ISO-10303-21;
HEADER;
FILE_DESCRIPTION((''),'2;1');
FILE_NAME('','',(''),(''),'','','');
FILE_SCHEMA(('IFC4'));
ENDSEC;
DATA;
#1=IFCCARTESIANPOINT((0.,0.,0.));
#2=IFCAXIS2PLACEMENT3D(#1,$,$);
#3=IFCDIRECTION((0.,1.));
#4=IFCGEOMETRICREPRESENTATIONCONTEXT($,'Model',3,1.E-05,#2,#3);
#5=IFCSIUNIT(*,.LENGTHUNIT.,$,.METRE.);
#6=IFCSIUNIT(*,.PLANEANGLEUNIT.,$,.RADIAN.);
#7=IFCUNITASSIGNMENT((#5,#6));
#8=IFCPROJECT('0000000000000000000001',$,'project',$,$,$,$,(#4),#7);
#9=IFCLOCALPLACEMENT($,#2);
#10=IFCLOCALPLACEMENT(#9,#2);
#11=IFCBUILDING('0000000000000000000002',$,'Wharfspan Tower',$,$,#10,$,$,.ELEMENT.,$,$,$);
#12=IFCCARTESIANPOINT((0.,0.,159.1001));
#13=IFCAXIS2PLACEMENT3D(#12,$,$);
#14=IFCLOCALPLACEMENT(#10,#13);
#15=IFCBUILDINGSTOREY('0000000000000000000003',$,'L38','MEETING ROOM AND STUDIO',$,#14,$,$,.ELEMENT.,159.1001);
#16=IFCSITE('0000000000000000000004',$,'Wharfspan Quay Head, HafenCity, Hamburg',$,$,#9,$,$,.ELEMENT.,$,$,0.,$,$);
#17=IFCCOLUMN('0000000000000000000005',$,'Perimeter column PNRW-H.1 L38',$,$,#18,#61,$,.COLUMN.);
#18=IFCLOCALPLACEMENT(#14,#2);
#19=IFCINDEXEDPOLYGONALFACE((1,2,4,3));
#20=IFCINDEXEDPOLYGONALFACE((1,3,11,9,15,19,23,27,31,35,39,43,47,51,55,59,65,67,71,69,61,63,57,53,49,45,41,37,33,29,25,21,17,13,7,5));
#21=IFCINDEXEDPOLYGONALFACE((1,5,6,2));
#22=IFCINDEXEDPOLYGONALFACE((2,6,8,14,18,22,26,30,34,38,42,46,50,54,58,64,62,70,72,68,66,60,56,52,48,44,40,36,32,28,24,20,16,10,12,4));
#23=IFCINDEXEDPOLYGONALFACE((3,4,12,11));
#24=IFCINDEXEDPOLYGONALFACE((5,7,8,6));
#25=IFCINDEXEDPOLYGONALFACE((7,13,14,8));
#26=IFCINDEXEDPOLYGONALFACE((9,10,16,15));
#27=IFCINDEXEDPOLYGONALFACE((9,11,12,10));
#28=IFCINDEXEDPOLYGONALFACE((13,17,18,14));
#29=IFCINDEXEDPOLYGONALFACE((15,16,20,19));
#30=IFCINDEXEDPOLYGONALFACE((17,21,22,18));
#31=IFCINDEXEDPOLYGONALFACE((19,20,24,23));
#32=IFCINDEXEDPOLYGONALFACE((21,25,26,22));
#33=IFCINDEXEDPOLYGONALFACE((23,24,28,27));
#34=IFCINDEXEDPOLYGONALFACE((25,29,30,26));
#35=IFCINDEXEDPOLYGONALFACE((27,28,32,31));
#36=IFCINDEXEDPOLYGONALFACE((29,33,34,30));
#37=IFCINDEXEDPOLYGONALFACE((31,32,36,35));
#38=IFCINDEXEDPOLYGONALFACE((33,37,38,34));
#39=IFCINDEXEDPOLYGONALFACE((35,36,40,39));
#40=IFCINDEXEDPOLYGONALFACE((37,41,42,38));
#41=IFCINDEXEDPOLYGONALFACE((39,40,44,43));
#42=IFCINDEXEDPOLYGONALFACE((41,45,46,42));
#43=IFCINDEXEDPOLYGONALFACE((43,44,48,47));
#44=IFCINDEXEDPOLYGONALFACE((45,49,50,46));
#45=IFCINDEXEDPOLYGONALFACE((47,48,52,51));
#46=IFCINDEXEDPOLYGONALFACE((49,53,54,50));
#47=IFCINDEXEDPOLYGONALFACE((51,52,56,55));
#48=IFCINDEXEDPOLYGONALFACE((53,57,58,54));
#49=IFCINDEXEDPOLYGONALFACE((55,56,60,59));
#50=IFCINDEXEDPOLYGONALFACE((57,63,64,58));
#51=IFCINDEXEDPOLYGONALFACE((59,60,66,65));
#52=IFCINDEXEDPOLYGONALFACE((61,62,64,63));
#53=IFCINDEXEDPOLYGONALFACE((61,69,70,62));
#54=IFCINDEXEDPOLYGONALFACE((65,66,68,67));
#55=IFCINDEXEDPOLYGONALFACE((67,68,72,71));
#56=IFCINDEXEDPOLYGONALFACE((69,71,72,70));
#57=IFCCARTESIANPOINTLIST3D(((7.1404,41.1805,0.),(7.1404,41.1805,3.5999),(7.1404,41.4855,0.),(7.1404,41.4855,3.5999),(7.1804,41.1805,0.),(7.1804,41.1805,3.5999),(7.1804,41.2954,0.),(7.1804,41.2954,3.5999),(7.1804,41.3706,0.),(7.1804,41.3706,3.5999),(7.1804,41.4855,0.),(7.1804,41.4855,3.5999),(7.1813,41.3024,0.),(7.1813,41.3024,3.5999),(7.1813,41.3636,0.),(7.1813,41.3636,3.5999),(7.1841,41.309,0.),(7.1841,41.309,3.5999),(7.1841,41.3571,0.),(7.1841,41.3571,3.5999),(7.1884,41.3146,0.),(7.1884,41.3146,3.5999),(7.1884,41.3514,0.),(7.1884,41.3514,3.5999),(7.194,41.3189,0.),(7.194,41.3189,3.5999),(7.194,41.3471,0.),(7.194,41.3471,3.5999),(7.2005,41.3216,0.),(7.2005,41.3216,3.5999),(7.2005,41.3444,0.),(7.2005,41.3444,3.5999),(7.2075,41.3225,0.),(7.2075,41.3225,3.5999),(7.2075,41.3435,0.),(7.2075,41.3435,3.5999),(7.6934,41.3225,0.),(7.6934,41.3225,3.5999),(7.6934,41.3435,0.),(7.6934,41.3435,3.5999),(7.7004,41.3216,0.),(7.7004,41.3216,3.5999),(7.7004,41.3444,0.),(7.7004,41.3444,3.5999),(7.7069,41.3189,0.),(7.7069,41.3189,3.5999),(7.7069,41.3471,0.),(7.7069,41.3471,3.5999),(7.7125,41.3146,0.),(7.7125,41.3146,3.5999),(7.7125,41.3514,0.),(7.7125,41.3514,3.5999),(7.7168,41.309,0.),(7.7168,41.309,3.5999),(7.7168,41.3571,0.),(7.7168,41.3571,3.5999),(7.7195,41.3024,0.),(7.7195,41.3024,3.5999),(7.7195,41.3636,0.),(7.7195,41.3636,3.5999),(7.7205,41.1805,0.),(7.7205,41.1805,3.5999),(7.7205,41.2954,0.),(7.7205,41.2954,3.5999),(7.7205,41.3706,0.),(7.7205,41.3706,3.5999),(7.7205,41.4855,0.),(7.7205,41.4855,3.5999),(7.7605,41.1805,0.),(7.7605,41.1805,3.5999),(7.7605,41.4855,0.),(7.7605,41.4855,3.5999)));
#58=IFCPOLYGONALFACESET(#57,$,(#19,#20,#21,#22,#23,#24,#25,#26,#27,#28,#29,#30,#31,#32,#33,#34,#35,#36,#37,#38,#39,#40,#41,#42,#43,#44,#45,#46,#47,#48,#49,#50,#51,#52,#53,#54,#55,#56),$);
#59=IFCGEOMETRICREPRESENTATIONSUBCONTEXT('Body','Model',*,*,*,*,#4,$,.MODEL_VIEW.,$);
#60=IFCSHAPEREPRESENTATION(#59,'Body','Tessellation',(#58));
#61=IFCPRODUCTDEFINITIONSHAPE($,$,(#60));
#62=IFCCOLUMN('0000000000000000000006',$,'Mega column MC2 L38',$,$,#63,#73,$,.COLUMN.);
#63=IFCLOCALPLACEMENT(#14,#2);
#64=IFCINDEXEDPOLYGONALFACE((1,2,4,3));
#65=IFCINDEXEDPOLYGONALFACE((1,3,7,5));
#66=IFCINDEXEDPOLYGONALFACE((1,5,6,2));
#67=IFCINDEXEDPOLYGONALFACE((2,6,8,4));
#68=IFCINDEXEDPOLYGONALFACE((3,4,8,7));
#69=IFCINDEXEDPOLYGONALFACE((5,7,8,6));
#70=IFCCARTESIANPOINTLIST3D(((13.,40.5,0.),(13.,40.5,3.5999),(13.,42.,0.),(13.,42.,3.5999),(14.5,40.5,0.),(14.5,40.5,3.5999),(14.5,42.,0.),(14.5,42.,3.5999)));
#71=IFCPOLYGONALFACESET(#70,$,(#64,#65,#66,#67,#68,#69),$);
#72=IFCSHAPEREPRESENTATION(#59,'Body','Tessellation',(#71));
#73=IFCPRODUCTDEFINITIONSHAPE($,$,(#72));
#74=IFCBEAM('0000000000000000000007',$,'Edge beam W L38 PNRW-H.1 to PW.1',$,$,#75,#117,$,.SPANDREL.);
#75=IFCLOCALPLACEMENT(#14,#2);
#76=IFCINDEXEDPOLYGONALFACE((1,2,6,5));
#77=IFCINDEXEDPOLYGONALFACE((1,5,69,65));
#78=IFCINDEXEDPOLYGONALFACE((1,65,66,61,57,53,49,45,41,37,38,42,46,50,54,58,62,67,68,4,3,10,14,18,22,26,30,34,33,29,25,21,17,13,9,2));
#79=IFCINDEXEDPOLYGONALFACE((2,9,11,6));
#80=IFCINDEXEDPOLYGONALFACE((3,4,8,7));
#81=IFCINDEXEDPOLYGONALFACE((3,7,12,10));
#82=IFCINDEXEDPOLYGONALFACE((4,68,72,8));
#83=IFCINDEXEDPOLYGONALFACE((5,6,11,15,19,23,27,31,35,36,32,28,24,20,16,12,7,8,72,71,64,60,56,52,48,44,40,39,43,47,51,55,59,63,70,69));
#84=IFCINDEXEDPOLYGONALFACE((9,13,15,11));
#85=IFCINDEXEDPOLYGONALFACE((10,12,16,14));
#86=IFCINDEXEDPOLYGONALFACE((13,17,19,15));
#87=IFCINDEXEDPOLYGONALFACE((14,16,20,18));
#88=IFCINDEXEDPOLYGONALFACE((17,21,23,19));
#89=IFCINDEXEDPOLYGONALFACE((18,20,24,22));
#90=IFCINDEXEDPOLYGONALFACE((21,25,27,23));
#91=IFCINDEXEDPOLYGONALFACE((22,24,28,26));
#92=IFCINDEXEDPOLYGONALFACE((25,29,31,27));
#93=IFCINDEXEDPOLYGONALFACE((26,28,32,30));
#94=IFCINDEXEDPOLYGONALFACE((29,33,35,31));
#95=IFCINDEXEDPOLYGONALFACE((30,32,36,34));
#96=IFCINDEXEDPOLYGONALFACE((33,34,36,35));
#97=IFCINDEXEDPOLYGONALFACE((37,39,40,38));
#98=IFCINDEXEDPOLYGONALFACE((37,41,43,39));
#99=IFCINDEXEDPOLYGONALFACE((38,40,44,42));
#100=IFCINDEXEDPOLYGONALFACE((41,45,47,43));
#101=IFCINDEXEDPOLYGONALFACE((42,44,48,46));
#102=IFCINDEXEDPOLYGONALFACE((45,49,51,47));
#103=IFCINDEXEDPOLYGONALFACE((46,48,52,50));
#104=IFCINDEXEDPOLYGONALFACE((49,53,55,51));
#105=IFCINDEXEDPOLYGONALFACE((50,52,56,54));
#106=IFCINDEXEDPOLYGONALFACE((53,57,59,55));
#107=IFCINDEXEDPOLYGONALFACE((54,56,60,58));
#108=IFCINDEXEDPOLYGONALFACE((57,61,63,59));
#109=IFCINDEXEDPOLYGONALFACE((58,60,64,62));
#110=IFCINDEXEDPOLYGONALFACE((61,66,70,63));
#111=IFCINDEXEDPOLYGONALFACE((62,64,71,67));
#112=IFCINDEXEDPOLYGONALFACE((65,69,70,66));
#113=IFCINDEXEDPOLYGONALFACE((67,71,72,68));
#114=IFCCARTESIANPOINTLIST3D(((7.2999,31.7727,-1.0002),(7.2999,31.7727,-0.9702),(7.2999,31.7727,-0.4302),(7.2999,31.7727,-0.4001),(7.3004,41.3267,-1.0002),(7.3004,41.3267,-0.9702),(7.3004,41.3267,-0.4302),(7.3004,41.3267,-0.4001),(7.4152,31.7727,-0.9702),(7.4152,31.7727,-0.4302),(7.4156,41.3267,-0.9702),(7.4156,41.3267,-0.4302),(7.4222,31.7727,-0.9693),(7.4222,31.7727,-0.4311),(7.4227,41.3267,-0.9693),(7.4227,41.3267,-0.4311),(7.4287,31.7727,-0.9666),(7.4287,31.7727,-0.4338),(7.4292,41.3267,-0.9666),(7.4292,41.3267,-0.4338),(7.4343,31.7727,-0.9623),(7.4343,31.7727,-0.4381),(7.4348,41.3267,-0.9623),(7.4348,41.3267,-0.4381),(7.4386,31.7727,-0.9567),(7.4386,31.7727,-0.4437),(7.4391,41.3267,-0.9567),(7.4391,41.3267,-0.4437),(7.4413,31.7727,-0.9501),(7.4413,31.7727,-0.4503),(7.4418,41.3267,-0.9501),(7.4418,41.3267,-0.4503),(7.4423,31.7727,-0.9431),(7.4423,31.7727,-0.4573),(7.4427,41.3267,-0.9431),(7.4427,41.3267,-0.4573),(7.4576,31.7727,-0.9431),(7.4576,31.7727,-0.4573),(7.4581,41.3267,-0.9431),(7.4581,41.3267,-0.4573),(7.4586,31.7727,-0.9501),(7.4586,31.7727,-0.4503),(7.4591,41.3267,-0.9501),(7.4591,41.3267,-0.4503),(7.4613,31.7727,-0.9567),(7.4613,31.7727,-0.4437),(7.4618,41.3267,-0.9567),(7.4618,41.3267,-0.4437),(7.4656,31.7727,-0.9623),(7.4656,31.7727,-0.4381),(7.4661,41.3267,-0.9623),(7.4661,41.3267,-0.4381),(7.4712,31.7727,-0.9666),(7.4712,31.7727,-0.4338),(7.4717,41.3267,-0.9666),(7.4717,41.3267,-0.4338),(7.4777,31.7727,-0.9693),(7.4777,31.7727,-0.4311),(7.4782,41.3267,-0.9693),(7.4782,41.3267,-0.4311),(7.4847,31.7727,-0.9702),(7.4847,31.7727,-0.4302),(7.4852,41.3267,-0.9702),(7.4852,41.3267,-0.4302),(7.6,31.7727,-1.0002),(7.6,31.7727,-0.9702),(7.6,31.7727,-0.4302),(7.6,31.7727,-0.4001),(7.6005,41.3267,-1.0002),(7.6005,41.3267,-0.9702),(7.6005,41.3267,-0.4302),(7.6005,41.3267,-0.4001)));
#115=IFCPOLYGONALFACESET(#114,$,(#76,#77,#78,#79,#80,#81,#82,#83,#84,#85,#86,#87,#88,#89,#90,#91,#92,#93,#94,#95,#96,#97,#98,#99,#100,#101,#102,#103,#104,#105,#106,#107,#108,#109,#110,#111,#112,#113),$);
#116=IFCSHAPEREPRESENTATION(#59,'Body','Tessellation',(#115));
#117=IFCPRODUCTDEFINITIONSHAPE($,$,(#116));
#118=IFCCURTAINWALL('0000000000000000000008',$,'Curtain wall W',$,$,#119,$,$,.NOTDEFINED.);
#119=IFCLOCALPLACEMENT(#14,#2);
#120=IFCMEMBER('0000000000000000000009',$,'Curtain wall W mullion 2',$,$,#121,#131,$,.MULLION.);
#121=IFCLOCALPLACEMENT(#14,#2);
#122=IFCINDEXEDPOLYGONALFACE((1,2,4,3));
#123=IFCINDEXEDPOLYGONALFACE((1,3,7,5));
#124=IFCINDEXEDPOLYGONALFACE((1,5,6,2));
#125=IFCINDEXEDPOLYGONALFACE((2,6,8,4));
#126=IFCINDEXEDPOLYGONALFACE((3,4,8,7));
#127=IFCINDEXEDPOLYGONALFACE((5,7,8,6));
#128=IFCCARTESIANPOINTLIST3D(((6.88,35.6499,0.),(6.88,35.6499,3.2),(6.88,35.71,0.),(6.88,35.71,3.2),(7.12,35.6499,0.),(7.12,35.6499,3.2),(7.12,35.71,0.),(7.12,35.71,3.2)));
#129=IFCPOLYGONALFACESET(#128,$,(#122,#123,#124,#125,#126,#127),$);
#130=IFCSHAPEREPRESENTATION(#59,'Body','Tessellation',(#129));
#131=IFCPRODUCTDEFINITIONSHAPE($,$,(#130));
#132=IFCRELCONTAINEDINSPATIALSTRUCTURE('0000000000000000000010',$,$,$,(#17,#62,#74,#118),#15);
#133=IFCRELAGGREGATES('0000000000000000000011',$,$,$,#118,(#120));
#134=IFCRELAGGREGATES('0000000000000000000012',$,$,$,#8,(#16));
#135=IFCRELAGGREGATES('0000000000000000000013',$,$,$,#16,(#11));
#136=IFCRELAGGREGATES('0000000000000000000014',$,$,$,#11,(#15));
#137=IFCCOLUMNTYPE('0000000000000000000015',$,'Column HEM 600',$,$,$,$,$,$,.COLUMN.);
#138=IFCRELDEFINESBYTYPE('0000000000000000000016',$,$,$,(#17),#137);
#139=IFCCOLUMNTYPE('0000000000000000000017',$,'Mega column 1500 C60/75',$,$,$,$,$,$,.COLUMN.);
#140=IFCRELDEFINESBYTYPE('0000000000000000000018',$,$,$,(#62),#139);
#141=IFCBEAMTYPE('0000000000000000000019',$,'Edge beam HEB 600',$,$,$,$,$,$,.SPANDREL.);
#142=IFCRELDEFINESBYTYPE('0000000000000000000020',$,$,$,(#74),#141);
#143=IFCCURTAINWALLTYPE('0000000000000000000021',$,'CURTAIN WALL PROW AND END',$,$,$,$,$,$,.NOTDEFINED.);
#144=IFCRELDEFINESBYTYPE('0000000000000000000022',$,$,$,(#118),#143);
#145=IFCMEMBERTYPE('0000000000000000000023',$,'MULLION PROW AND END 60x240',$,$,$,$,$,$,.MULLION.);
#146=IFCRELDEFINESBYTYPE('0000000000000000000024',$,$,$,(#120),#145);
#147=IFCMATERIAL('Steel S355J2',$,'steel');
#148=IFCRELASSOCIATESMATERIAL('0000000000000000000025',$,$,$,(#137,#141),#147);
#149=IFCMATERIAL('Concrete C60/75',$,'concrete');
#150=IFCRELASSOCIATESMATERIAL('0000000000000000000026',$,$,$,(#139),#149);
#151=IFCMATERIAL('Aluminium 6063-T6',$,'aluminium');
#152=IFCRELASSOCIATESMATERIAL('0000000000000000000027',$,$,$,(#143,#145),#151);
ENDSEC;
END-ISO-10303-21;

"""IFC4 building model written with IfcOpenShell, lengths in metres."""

from ifc_helpers import new_model, si_unit, direction, frame, origin, origin_2d, place, context, subcontext, project, spatial, rectangle, i_section, extrude, material, material_profile, profile_set, type_object, element, aggregate, save


model = new_model("IFC4")

# Units and contexts
model_context = context("Model", 3, precision=1e-05, world=origin(), true_north=direction((0.0, 1.0)))
body_context = subcontext(model_context, "Body", "Model", "MODEL_VIEW")
ifc_project = project(units=[si_unit("LENGTHUNIT", "METRE"), si_unit("PLANEANGLEUNIT", "RADIAN")], contexts=[model_context])

# Site, building, storey
site_placement = place(None, origin())
site = spatial("IfcSite", under=ifc_project, at=site_placement, Name="Wharfspan Quay Head, HafenCity, Hamburg", CompositionType="ELEMENT", RefElevation=0.0)
building_placement = place(site_placement, origin())
building = spatial("IfcBuilding", under=site, at=building_placement, Name="Wharfspan Tower", CompositionType="ELEMENT")
storey_placement = place(building_placement, frame((0.0, 0.0, 159.1001)))
storey = spatial("IfcBuildingStorey", under=building, at=storey_placement, Name="L38", Description="MEETING ROOM AND STUDIO", CompositionType="ELEMENT", Elevation=159.1001)

# Columns
ifc_material_1 = material(Name="Steel S355J2", Category="steel")
ifc_material_profile_1 = material_profile(ifc_material_1, i_section(OverallWidth=0.3049, OverallDepth=0.6201, WebThickness=0.021, FlangeThickness=0.04, FilletRadius=0.0271, at=origin_2d()))
ifc_profile_set_1 = profile_set([ifc_material_profile_1], Name="Steel S355J2")
column_type_1 = type_object("IfcColumnType", Name="Column HEM 600", PredefinedType="COLUMN", material=ifc_profile_set_1)
column_1_placement = place(storey_placement, frame((7.4504, 41.333, 0.0), z_axis=(0.0, 0.0, 1.0), x_axis=(0.0, 1.0, 0.0)))
element("IfcColumn", 1, at=column_1_placement, inside=storey, type_object=column_type_1, Name="Perimeter column PNRW-H.1 L38", PredefinedType="COLUMN", context=body_context, shape_type="SweptSolid", body=[
    extrude(i_section(OverallWidth=0.3049, OverallDepth=0.6201, WebThickness=0.021, FlangeThickness=0.04, FilletRadius=0.0271, at=origin_2d()), origin(), (0.0, 0.0, 1.0), 3.5999),
])
ifc_material_2 = material(Name="Concrete C60/75", Category="concrete")
ifc_material_profile_2 = material_profile(ifc_material_2, rectangle(XDim=1.5, YDim=1.5, at=origin_2d()))
ifc_profile_set_2 = profile_set([ifc_material_profile_2], Name="Concrete C60/75")
column_type_2 = type_object("IfcColumnType", Name="Mega column 1500 C60/75", PredefinedType="COLUMN", material=ifc_profile_set_2)
column_2_placement = place(storey_placement, frame((13.75, 41.25, 0.0), z_axis=(0.0, 0.0, 1.0), x_axis=(1.0, 0.0, 0.0)))
element("IfcColumn", 2, at=column_2_placement, inside=storey, type_object=column_type_2, Name="Mega column MC2 L38", PredefinedType="COLUMN", context=body_context, shape_type="SweptSolid", body=[
    extrude(rectangle(XDim=1.5, YDim=1.5, at=origin_2d()), origin(), (0.0, 0.0, 1.0), 3.5999),
])

# Beam
ifc_material_profile_3 = material_profile(ifc_material_1, i_section(OverallWidth=0.3, OverallDepth=0.6001, WebThickness=0.0154, FlangeThickness=0.03, FilletRadius=0.0271, at=origin_2d()))
ifc_profile_set_3 = profile_set([ifc_material_profile_3], Name="Steel S355J2")
beam_type = type_object("IfcBeamType", Name="Edge beam HEB 600", PredefinedType="SPANDREL", material=ifc_profile_set_3)
beam_placement = place(storey_placement, frame((7.4504, 41.3267, -0.7002), z_axis=(-0.000051, -1.0, 0.0), x_axis=(1.0, -0.000051, 0.0)))
element("IfcBeam", 3, at=beam_placement, inside=storey, type_object=beam_type, Name="Edge beam W L38 PNRW-H.1 to PW.1", PredefinedType="SPANDREL", context=body_context, shape_type="SweptSolid", body=[
    extrude(i_section(OverallWidth=0.3, OverallDepth=0.6001, WebThickness=0.0154, FlangeThickness=0.03, FilletRadius=0.0271, at=origin_2d()), origin(), (0.0, 0.0, 1.0), 9.554),
])

# Curtain wall, member
ifc_material_3 = material(Name="Aluminium 6063-T6", Category="aluminium")
curtain_wall_type = type_object("IfcCurtainWallType", Name="CURTAIN WALL PROW AND END", PredefinedType="NOTDEFINED", material=ifc_material_3)
curtain_wall_placement = place(storey_placement, origin())
curtain_wall = element("IfcCurtainWall", 4, at=curtain_wall_placement, inside=storey, type_object=curtain_wall_type, Name="Curtain wall W", PredefinedType="NOTDEFINED")
ifc_material_profile_4 = material_profile(ifc_material_3, rectangle(XDim=0.24, YDim=0.0601, at=origin_2d()))
ifc_profile_set_4 = profile_set([ifc_material_profile_4], Name="Aluminium 6063-T6")
member_type_1 = type_object("IfcMemberType", Name="MULLION PROW AND END 60x240", PredefinedType="MULLION", material=ifc_profile_set_4)
member_1_placement = place(storey_placement, frame((7.0, 35.6799, 0.0), z_axis=(0.0, 0.0, 1.0), x_axis=(1.0, 0.0, 0.0)))
member_1 = element("IfcMember", 5, at=member_1_placement, type_object=member_type_1, Name="Curtain wall W mullion 2", PredefinedType="MULLION", context=body_context, shape_type="SweptSolid", body=[
    extrude(rectangle(XDim=0.24, YDim=0.0601, at=origin_2d()), origin(), (0.0, 0.0, 1.0), 3.2),
])

aggregate(curtain_wall, [member_1])

save(model, "model.ifc")
